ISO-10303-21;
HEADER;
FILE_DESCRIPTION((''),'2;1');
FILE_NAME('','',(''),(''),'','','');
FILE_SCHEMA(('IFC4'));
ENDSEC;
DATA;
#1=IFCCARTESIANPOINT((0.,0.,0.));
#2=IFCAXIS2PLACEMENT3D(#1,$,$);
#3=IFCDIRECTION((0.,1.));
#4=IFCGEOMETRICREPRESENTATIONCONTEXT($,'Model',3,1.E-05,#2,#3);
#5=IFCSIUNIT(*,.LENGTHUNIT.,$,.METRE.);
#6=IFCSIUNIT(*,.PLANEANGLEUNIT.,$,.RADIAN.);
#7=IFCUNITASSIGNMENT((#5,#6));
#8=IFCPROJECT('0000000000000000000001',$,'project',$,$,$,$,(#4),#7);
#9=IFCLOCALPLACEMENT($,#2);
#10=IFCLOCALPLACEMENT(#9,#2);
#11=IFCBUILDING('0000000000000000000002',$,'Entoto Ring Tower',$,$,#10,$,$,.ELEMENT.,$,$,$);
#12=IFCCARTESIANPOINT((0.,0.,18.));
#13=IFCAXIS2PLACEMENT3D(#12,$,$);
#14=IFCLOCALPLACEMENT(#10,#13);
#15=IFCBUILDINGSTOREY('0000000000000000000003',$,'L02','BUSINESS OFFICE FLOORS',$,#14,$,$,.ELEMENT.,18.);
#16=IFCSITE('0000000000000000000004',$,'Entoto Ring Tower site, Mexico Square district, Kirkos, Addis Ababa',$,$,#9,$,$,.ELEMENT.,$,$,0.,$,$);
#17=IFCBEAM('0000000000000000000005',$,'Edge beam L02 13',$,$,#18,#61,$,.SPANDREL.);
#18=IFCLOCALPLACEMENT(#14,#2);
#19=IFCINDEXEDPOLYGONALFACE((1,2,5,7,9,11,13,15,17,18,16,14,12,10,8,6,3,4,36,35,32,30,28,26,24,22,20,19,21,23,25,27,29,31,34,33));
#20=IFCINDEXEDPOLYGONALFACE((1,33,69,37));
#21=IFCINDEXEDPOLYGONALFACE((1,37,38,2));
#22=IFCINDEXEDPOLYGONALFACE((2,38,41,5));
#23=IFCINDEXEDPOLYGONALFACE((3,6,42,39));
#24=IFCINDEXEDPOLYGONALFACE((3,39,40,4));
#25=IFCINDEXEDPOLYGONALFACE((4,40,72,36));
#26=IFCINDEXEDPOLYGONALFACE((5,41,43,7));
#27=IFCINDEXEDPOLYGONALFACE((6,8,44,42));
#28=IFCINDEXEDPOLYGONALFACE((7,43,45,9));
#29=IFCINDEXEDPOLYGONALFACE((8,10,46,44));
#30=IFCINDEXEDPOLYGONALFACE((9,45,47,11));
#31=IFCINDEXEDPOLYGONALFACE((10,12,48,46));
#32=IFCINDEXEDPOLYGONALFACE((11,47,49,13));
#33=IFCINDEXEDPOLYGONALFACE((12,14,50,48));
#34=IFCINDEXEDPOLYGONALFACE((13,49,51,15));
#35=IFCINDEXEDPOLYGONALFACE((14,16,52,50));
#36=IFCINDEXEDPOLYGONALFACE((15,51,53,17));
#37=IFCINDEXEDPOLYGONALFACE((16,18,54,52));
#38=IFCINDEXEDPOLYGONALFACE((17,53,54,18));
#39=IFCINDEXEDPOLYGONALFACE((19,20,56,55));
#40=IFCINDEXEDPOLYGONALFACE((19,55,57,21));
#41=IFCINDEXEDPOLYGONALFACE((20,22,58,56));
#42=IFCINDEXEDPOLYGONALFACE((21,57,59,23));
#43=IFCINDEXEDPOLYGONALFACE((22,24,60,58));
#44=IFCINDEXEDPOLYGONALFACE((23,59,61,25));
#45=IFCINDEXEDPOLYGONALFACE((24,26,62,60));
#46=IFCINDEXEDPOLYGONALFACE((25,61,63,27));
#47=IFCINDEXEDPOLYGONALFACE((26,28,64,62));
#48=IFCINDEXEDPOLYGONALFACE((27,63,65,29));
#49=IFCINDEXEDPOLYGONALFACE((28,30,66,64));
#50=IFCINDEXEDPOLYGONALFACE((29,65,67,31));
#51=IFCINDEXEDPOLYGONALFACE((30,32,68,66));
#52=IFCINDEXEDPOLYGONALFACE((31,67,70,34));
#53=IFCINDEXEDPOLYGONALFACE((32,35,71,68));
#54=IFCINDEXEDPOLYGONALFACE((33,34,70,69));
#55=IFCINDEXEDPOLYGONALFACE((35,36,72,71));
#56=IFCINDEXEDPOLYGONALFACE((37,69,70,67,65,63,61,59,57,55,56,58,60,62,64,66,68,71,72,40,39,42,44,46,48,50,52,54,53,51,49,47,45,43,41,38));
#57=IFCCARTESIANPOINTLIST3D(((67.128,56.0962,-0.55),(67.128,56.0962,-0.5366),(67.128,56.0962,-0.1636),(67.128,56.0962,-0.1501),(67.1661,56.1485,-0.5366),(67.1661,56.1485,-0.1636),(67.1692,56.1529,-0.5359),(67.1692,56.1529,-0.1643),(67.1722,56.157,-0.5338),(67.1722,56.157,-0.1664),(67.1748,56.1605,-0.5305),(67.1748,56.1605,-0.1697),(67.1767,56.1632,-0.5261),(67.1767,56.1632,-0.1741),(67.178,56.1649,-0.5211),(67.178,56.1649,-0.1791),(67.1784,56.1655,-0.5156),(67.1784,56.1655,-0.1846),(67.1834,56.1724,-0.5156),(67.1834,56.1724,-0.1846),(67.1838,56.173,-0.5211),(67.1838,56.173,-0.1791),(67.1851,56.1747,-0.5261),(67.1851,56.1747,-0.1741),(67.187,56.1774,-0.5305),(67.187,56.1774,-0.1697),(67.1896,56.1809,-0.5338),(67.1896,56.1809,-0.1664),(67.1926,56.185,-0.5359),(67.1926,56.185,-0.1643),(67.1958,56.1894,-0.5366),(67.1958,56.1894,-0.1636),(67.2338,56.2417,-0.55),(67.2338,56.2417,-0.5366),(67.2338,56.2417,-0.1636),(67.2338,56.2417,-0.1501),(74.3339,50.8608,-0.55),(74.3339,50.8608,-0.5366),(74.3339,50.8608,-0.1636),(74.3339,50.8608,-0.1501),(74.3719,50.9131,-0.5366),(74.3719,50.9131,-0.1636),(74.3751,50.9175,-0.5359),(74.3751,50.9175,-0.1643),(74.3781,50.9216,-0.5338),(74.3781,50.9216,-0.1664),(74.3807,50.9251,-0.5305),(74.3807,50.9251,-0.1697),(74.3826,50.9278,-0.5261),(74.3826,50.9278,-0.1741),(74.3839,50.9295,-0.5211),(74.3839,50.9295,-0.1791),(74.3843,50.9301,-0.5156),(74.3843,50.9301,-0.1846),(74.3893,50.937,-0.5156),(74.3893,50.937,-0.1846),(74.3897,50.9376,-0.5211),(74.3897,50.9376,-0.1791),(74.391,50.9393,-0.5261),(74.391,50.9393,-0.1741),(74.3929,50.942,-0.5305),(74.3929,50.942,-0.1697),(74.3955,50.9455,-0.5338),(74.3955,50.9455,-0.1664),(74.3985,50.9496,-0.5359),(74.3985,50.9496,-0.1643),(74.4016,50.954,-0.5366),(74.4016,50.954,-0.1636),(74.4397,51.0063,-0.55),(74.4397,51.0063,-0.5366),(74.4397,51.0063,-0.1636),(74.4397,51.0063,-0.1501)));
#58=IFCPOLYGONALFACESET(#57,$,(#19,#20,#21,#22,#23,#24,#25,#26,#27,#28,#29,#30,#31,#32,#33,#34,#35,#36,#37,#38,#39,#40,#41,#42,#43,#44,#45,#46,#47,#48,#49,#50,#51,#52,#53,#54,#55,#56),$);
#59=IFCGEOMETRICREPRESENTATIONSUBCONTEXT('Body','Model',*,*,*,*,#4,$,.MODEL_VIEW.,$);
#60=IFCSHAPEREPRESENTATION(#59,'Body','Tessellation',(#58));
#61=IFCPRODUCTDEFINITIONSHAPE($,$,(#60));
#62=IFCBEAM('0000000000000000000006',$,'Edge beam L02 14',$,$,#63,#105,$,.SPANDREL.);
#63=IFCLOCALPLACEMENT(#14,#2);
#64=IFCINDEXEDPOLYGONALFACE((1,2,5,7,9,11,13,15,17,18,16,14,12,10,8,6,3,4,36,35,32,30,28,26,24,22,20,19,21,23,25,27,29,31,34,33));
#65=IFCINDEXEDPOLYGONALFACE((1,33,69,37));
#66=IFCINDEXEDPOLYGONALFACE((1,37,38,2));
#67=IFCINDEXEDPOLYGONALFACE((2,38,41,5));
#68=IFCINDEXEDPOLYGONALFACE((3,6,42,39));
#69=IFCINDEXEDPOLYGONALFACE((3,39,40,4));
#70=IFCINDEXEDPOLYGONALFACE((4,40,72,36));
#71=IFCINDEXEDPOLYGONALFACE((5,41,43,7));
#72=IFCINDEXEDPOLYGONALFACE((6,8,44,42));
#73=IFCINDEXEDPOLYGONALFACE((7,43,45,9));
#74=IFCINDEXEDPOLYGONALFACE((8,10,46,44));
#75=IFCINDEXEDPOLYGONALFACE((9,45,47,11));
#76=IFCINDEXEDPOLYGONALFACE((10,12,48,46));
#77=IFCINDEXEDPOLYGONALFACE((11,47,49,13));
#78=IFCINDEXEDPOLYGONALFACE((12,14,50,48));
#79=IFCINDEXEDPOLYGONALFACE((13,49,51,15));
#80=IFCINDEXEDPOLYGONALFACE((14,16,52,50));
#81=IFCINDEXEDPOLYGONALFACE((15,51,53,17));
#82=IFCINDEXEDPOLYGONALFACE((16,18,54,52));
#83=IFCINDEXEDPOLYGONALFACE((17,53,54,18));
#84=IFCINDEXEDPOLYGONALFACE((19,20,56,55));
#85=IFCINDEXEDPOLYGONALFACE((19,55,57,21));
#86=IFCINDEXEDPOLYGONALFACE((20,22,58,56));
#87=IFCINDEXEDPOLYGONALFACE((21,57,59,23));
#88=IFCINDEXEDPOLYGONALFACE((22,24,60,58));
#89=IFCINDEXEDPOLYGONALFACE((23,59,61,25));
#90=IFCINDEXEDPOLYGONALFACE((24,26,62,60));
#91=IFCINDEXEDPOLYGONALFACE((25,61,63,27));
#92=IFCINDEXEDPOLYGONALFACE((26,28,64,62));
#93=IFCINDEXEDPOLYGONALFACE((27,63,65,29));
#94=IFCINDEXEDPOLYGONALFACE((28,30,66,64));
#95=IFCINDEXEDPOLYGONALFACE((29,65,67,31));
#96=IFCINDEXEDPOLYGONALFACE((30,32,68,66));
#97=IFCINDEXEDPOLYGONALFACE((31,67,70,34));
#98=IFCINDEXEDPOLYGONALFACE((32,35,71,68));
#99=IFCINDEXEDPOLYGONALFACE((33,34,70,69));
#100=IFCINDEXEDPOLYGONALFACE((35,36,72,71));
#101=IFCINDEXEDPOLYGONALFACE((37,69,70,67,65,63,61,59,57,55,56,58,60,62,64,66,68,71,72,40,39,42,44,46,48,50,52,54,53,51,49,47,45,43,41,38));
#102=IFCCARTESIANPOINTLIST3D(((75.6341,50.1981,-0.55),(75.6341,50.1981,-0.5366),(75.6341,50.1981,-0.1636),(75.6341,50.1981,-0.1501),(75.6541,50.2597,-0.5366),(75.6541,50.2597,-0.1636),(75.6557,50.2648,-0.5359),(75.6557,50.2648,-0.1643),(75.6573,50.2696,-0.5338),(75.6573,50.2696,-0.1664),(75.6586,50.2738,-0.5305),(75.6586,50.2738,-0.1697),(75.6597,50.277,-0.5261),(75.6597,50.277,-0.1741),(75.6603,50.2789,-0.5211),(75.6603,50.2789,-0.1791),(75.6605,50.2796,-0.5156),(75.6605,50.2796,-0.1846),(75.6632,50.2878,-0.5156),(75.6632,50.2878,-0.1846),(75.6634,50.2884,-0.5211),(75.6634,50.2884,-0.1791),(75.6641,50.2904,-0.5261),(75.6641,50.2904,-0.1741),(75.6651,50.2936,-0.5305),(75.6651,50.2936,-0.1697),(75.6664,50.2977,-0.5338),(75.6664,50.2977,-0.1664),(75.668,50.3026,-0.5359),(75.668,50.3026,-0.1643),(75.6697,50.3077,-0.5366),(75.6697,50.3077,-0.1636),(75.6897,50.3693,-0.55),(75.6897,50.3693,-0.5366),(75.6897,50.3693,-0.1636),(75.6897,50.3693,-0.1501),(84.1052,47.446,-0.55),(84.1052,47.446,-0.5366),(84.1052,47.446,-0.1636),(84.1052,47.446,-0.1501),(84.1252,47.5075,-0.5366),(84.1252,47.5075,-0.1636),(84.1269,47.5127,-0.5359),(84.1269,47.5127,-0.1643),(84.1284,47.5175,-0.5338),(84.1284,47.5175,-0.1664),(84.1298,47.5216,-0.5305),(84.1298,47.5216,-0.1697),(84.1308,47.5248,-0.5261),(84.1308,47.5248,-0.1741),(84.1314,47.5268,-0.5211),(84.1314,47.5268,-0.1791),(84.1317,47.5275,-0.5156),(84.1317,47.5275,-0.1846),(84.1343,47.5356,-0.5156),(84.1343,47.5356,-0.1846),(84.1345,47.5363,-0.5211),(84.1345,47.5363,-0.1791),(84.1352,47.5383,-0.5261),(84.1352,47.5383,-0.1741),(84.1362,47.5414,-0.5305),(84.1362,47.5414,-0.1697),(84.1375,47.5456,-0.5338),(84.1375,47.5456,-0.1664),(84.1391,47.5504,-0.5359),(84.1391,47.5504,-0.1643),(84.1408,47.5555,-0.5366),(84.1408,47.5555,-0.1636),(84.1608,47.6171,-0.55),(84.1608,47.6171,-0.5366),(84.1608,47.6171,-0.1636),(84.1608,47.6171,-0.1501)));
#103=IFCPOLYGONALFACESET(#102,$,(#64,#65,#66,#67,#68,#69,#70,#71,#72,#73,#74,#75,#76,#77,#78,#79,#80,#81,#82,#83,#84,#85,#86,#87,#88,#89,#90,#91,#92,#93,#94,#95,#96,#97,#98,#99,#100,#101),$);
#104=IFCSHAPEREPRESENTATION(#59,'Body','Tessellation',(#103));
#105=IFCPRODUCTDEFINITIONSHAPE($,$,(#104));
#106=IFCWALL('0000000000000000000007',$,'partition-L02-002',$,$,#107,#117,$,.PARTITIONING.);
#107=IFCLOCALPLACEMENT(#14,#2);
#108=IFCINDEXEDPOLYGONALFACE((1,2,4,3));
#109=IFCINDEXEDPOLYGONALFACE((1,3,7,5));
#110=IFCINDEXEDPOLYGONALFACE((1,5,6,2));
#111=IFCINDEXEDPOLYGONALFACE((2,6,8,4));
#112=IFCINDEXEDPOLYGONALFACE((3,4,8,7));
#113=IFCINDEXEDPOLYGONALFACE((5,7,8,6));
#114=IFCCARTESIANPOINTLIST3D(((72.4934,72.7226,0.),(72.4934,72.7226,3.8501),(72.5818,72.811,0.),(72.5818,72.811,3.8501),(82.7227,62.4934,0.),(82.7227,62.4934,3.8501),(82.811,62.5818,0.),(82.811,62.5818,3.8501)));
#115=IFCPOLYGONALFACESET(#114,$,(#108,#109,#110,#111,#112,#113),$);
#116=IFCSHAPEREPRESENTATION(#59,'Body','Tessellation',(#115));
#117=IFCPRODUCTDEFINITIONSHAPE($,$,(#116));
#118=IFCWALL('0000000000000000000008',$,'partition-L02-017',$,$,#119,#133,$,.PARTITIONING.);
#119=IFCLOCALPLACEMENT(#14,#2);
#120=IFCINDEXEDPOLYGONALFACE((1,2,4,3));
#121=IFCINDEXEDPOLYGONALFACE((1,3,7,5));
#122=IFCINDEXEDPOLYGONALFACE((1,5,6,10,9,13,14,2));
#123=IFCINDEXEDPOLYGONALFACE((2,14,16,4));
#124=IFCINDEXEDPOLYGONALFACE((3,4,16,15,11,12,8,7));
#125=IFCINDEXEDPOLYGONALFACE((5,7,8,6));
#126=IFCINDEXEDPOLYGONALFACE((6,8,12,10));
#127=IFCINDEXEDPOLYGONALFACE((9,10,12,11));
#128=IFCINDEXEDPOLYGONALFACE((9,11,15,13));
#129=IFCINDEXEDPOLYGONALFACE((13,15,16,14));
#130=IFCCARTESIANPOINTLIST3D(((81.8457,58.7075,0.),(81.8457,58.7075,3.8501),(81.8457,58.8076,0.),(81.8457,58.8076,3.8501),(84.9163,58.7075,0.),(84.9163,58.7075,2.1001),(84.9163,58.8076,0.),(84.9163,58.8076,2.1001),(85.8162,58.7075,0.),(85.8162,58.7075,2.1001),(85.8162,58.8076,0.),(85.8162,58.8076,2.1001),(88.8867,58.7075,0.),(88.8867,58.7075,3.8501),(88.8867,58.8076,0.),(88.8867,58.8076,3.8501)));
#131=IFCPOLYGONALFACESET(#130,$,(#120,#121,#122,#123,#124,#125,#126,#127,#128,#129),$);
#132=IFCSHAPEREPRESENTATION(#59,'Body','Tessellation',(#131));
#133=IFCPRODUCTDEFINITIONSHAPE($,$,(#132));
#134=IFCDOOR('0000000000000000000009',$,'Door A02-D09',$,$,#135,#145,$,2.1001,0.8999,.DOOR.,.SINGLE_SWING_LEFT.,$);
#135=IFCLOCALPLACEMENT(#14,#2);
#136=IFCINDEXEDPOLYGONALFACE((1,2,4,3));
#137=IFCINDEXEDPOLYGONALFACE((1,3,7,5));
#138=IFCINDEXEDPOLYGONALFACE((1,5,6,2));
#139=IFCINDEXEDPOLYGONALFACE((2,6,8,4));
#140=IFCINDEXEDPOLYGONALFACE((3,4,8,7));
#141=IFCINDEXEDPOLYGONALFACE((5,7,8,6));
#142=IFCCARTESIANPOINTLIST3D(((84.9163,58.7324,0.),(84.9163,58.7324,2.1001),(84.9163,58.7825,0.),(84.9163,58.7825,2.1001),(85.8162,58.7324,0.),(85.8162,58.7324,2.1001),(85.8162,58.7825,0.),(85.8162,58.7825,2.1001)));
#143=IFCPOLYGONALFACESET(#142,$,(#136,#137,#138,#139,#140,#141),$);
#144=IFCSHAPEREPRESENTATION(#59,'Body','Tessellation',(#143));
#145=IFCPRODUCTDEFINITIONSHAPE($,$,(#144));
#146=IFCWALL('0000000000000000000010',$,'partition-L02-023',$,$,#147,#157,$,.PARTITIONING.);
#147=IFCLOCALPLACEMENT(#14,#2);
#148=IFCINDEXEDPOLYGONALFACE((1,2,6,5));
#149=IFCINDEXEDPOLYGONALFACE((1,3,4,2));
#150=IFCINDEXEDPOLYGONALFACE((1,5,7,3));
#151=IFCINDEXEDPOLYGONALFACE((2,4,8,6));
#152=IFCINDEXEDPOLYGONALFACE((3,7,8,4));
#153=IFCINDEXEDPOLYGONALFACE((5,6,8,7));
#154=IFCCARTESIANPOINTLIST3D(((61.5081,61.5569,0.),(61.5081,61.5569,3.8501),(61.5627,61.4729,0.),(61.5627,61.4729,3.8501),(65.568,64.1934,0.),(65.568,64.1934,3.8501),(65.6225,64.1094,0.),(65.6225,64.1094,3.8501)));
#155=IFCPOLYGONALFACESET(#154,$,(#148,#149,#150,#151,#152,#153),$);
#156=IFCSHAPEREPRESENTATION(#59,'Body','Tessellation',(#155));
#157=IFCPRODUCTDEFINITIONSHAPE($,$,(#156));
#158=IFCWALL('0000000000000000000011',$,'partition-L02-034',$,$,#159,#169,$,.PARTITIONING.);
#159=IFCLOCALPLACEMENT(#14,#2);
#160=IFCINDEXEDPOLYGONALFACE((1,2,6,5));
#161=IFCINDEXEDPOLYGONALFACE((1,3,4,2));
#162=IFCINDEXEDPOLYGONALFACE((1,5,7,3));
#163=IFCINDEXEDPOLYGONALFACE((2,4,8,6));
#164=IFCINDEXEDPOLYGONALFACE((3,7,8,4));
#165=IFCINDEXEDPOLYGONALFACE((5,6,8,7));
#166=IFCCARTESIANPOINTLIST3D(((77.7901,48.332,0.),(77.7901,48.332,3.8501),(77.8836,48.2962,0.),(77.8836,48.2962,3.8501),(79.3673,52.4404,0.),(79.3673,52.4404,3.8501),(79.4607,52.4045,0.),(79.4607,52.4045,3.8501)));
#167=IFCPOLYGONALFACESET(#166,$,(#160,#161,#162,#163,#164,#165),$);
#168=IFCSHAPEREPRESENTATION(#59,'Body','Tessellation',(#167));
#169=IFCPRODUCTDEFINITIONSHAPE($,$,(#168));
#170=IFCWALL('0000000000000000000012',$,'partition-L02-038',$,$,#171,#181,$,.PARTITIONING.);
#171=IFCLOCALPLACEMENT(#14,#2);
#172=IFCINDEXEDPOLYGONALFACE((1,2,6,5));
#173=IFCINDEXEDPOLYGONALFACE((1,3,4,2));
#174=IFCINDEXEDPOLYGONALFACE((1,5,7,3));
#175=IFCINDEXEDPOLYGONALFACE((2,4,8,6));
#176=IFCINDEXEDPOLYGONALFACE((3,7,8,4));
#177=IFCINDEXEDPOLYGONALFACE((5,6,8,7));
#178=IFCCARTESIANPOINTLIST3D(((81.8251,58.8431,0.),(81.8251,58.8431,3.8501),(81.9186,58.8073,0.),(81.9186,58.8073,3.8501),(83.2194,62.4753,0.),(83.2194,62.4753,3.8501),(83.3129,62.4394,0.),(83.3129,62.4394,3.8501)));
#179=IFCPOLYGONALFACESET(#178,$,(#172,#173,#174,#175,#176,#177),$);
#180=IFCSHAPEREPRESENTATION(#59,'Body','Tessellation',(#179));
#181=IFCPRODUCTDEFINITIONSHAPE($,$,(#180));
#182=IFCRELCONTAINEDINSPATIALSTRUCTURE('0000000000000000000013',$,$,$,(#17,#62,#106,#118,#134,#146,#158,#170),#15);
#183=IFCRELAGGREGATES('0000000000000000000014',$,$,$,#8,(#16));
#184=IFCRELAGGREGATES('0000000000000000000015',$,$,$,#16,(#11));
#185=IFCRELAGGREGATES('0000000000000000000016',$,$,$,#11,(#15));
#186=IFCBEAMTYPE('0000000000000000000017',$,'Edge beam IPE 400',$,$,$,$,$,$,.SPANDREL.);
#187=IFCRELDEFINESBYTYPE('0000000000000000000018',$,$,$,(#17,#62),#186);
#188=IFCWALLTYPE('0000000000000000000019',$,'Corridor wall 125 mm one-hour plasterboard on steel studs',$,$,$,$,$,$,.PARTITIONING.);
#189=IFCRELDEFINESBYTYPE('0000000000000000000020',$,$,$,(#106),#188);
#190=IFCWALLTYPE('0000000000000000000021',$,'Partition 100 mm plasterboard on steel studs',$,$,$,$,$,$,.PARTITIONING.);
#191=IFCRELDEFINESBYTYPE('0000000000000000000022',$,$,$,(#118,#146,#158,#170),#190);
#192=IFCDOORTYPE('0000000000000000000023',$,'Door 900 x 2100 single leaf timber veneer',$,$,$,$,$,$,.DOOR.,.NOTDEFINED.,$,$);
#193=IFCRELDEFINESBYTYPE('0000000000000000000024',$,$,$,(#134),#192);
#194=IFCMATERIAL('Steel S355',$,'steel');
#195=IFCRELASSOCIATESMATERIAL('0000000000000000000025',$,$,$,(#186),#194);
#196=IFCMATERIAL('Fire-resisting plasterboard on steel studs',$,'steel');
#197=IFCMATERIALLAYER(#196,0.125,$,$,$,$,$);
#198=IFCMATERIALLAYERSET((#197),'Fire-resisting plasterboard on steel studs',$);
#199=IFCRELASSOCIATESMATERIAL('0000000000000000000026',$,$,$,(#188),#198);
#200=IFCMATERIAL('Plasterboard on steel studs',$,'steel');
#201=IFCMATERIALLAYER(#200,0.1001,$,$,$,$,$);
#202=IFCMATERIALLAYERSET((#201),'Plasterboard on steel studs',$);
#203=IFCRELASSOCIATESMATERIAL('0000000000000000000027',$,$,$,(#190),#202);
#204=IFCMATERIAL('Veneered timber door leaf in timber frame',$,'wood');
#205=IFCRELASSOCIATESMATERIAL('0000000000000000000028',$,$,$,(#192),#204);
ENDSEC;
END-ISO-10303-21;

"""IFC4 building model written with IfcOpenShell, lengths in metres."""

from ifc_helpers import new_model, si_unit, direction, frame, frame_2d, origin, origin_2d, place, context, subcontext, project, spatial, rectangle, i_section, extrude, material, layer, layer_set, material_profile, profile_set, type_object, element, fill, save


model = new_model("IFC4")

# Units and contexts
model_context = context("Model", 3, precision=1e-05, world=origin(), true_north=direction((0.0, 1.0)))
body_context = subcontext(model_context, "Body", "Model", "MODEL_VIEW")
ifc_project = project(units=[si_unit("LENGTHUNIT", "METRE"), si_unit("PLANEANGLEUNIT", "RADIAN")], contexts=[model_context])

# Site, building, storey
site_placement = place(None, origin())
site = spatial("IfcSite", under=ifc_project, at=site_placement, Name="Entoto Ring Tower site, Mexico Square district, Kirkos, Addis Ababa", CompositionType="ELEMENT", RefElevation=0.0)
building_placement = place(site_placement, origin())
building = spatial("IfcBuilding", under=site, at=building_placement, Name="Entoto Ring Tower", CompositionType="ELEMENT")
storey_placement = place(building_placement, frame((0.0, 0.0, 18.0)))
storey = spatial("IfcBuildingStorey", under=building, at=storey_placement, Name="L02", Description="BUSINESS OFFICE FLOORS", CompositionType="ELEMENT", Elevation=18.0)

# Beams
ifc_material_1 = material(Name="Steel S355", Category="steel")
ifc_material_profile_1 = material_profile(ifc_material_1, i_section(OverallWidth=0.1799, OverallDepth=0.3999, WebThickness=0.0085, FlangeThickness=0.0134, FilletRadius=0.021, at=origin_2d()), Name="IPE 400")
ifc_profile_set_1 = profile_set([ifc_material_profile_1], Name="Steel S355")
beam_type = type_object("IfcBeamType", Name="Edge beam IPE 400", PredefinedType="SPANDREL", material=ifc_profile_set_1)
for number, where, z_axis, x_axis, name in (
    (1, (67.1809, 56.1689, -0.3501), (0.809016, -0.587787, 0.0), (0.587787, 0.809016, 0.0), "Edge beam L02 13"),
    (2, (75.6619, 50.2837, -0.3501), (0.951065, -0.308991, 0.0), (0.308991, 0.951065, 0.0), "Edge beam L02 14"),
):
    element("IfcBeam", number, at=place(storey_placement, frame(where, z_axis=z_axis, x_axis=x_axis)), inside=storey, type_object=beam_type, Name=name, PredefinedType="SPANDREL", context=body_context, shape_type="SweptSolid", body=[
        extrude(i_section(OverallWidth=0.1799, OverallDepth=0.3999, WebThickness=0.0085, FlangeThickness=0.0134, FilletRadius=0.021, at=origin_2d()), origin(), (0.0, 0.0, 1.0), 8.907),
    ])

# Wall
ifc_material_2 = material(Name="Fire-resisting plasterboard on steel studs", Category="steel")
ifc_layer_1 = layer(ifc_material_2, 0.125)
ifc_layer_set_1 = layer_set([ifc_layer_1], Name="Fire-resisting plasterboard on steel studs")
wall_type_1 = type_object("IfcWallType", Name="Corridor wall 125 mm one-hour plasterboard on steel studs", PredefinedType="PARTITIONING", material=ifc_layer_set_1)
wall_1_placement = place(storey_placement, frame((82.7668, 62.5376, 0.0), z_axis=(0.0, 0.0, 1.0), x_axis=(-0.707107, 0.707107, 0.0)))
element("IfcWall", 3, at=wall_1_placement, inside=storey, type_object=wall_type_1, Name="partition-L02-002", PredefinedType="PARTITIONING", context=body_context, shape_type="SweptSolid", body=[
    extrude(rectangle(XDim=14.4663, YDim=0.125, at=frame_2d((7.2332, 0.0))), origin(), (0.0, 0.0, 1.0), 3.8501),
])

# Wall, opening, door
ifc_material_3 = material(Name="Plasterboard on steel studs", Category="steel")
ifc_layer_2 = layer(ifc_material_3, 0.1001)
ifc_layer_set_2 = layer_set([ifc_layer_2], Name="Plasterboard on steel studs")
wall_type_2 = type_object("IfcWallType", Name="Partition 100 mm plasterboard on steel studs", PredefinedType="PARTITIONING", material=ifc_layer_set_2)
wall_2_placement = place(storey_placement, frame((81.8457, 58.7576, 0.0), z_axis=(0.0, 0.0, 1.0), x_axis=(1.0, 0.0, 0.0)))
wall_2 = element("IfcWall", 4, at=wall_2_placement, inside=storey, type_object=wall_type_2, Name="partition-L02-017", PredefinedType="PARTITIONING", context=body_context, shape_type="SweptSolid", body=[
    extrude(rectangle(XDim=7.041, YDim=0.1001, at=frame_2d((3.5205, 0.0))), origin(), (0.0, 0.0, 1.0), 3.8501),
])
opening_placement = place(wall_2_placement, frame((3.0706, 0.0, 0.0)))
opening = element("IfcOpeningElement", 5, at=opening_placement, cuts=wall_2, PredefinedType="OPENING", context=body_context, shape_type="SweptSolid", body=[
    extrude(rectangle(XDim=0.8999, YDim=2.1001, at=frame_2d((0.45, 1.05))), frame((0.0, 0.0601, 0.0), z_axis=(0.0, -1.0, 0.0), x_axis=(1.0, 0.0, 0.0)), (0.0, 0.0, 1.0), 0.1201),
])
ifc_material_4 = material(Name="Veneered timber door leaf in timber frame", Category="wood")
door_type = type_object("IfcDoorType", Name="Door 900 x 2100 single leaf timber veneer", OperationType="NOTDEFINED", PredefinedType="DOOR", material=ifc_material_4)
door_placement = place(opening_placement, origin())
door = element("IfcDoor", 6, at=door_placement, inside=storey, type_object=door_type, Name="Door A02-D09", OperationType="SINGLE_SWING_LEFT", OverallHeight=2.1001, OverallWidth=0.8999, PredefinedType="DOOR", context=body_context, shape_type="SweptSolid", body=[
    extrude(rectangle(XDim=0.8999, YDim=2.1001, at=frame_2d((0.45, 1.05))), frame((0.0, 0.0249, 0.0), z_axis=(0.0, -1.0, 0.0), x_axis=(1.0, 0.0, 0.0)), (0.0, 0.0, 1.0), 0.05),
])
fill(opening, door)

# Walls
wall_3_placement = place(storey_placement, frame((61.5354, 61.5149, 0.0), z_axis=(0.0, 0.0, 1.0), x_axis=(0.838671, 0.544639, 0.0)))
element("IfcWall", 7, at=wall_3_placement, inside=storey, type_object=wall_type_2, Name="partition-L02-023", PredefinedType="PARTITIONING", context=body_context, shape_type="SweptSolid", body=[
    extrude(rectangle(XDim=4.8408, YDim=0.1001, at=frame_2d((2.4204, 0.0))), origin(), (0.0, 0.0, 1.0), 3.8501),
])
wall_4_placement = place(storey_placement, frame((77.8369, 48.3142, 0.0), z_axis=(0.0, 0.0, 1.0), x_axis=(0.358384, 0.933574, 0.0)))
element("IfcWall", 8, at=wall_4_placement, inside=storey, type_object=wall_type_2, Name="partition-L02-034", PredefinedType="PARTITIONING", context=body_context, shape_type="SweptSolid", body=[
    extrude(rectangle(XDim=4.4006, YDim=0.1001, at=frame_2d((2.2002, 0.0))), origin(), (0.0, 0.0, 1.0), 3.8501),
])
wall_5_placement = place(storey_placement, frame((81.8718, 58.8252, 0.0), z_axis=(0.0, 0.0, 1.0), x_axis=(0.358382, 0.933575, 0.0)))
element("IfcWall", 9, at=wall_5_placement, inside=storey, type_object=wall_type_2, Name="partition-L02-038", PredefinedType="PARTITIONING", context=body_context, shape_type="SweptSolid", body=[
    extrude(rectangle(XDim=3.8906, YDim=0.1001, at=frame_2d((1.9453, 0.0))), origin(), (0.0, 0.0, 1.0), 3.8501),
])

save(model, "model.ifc")
